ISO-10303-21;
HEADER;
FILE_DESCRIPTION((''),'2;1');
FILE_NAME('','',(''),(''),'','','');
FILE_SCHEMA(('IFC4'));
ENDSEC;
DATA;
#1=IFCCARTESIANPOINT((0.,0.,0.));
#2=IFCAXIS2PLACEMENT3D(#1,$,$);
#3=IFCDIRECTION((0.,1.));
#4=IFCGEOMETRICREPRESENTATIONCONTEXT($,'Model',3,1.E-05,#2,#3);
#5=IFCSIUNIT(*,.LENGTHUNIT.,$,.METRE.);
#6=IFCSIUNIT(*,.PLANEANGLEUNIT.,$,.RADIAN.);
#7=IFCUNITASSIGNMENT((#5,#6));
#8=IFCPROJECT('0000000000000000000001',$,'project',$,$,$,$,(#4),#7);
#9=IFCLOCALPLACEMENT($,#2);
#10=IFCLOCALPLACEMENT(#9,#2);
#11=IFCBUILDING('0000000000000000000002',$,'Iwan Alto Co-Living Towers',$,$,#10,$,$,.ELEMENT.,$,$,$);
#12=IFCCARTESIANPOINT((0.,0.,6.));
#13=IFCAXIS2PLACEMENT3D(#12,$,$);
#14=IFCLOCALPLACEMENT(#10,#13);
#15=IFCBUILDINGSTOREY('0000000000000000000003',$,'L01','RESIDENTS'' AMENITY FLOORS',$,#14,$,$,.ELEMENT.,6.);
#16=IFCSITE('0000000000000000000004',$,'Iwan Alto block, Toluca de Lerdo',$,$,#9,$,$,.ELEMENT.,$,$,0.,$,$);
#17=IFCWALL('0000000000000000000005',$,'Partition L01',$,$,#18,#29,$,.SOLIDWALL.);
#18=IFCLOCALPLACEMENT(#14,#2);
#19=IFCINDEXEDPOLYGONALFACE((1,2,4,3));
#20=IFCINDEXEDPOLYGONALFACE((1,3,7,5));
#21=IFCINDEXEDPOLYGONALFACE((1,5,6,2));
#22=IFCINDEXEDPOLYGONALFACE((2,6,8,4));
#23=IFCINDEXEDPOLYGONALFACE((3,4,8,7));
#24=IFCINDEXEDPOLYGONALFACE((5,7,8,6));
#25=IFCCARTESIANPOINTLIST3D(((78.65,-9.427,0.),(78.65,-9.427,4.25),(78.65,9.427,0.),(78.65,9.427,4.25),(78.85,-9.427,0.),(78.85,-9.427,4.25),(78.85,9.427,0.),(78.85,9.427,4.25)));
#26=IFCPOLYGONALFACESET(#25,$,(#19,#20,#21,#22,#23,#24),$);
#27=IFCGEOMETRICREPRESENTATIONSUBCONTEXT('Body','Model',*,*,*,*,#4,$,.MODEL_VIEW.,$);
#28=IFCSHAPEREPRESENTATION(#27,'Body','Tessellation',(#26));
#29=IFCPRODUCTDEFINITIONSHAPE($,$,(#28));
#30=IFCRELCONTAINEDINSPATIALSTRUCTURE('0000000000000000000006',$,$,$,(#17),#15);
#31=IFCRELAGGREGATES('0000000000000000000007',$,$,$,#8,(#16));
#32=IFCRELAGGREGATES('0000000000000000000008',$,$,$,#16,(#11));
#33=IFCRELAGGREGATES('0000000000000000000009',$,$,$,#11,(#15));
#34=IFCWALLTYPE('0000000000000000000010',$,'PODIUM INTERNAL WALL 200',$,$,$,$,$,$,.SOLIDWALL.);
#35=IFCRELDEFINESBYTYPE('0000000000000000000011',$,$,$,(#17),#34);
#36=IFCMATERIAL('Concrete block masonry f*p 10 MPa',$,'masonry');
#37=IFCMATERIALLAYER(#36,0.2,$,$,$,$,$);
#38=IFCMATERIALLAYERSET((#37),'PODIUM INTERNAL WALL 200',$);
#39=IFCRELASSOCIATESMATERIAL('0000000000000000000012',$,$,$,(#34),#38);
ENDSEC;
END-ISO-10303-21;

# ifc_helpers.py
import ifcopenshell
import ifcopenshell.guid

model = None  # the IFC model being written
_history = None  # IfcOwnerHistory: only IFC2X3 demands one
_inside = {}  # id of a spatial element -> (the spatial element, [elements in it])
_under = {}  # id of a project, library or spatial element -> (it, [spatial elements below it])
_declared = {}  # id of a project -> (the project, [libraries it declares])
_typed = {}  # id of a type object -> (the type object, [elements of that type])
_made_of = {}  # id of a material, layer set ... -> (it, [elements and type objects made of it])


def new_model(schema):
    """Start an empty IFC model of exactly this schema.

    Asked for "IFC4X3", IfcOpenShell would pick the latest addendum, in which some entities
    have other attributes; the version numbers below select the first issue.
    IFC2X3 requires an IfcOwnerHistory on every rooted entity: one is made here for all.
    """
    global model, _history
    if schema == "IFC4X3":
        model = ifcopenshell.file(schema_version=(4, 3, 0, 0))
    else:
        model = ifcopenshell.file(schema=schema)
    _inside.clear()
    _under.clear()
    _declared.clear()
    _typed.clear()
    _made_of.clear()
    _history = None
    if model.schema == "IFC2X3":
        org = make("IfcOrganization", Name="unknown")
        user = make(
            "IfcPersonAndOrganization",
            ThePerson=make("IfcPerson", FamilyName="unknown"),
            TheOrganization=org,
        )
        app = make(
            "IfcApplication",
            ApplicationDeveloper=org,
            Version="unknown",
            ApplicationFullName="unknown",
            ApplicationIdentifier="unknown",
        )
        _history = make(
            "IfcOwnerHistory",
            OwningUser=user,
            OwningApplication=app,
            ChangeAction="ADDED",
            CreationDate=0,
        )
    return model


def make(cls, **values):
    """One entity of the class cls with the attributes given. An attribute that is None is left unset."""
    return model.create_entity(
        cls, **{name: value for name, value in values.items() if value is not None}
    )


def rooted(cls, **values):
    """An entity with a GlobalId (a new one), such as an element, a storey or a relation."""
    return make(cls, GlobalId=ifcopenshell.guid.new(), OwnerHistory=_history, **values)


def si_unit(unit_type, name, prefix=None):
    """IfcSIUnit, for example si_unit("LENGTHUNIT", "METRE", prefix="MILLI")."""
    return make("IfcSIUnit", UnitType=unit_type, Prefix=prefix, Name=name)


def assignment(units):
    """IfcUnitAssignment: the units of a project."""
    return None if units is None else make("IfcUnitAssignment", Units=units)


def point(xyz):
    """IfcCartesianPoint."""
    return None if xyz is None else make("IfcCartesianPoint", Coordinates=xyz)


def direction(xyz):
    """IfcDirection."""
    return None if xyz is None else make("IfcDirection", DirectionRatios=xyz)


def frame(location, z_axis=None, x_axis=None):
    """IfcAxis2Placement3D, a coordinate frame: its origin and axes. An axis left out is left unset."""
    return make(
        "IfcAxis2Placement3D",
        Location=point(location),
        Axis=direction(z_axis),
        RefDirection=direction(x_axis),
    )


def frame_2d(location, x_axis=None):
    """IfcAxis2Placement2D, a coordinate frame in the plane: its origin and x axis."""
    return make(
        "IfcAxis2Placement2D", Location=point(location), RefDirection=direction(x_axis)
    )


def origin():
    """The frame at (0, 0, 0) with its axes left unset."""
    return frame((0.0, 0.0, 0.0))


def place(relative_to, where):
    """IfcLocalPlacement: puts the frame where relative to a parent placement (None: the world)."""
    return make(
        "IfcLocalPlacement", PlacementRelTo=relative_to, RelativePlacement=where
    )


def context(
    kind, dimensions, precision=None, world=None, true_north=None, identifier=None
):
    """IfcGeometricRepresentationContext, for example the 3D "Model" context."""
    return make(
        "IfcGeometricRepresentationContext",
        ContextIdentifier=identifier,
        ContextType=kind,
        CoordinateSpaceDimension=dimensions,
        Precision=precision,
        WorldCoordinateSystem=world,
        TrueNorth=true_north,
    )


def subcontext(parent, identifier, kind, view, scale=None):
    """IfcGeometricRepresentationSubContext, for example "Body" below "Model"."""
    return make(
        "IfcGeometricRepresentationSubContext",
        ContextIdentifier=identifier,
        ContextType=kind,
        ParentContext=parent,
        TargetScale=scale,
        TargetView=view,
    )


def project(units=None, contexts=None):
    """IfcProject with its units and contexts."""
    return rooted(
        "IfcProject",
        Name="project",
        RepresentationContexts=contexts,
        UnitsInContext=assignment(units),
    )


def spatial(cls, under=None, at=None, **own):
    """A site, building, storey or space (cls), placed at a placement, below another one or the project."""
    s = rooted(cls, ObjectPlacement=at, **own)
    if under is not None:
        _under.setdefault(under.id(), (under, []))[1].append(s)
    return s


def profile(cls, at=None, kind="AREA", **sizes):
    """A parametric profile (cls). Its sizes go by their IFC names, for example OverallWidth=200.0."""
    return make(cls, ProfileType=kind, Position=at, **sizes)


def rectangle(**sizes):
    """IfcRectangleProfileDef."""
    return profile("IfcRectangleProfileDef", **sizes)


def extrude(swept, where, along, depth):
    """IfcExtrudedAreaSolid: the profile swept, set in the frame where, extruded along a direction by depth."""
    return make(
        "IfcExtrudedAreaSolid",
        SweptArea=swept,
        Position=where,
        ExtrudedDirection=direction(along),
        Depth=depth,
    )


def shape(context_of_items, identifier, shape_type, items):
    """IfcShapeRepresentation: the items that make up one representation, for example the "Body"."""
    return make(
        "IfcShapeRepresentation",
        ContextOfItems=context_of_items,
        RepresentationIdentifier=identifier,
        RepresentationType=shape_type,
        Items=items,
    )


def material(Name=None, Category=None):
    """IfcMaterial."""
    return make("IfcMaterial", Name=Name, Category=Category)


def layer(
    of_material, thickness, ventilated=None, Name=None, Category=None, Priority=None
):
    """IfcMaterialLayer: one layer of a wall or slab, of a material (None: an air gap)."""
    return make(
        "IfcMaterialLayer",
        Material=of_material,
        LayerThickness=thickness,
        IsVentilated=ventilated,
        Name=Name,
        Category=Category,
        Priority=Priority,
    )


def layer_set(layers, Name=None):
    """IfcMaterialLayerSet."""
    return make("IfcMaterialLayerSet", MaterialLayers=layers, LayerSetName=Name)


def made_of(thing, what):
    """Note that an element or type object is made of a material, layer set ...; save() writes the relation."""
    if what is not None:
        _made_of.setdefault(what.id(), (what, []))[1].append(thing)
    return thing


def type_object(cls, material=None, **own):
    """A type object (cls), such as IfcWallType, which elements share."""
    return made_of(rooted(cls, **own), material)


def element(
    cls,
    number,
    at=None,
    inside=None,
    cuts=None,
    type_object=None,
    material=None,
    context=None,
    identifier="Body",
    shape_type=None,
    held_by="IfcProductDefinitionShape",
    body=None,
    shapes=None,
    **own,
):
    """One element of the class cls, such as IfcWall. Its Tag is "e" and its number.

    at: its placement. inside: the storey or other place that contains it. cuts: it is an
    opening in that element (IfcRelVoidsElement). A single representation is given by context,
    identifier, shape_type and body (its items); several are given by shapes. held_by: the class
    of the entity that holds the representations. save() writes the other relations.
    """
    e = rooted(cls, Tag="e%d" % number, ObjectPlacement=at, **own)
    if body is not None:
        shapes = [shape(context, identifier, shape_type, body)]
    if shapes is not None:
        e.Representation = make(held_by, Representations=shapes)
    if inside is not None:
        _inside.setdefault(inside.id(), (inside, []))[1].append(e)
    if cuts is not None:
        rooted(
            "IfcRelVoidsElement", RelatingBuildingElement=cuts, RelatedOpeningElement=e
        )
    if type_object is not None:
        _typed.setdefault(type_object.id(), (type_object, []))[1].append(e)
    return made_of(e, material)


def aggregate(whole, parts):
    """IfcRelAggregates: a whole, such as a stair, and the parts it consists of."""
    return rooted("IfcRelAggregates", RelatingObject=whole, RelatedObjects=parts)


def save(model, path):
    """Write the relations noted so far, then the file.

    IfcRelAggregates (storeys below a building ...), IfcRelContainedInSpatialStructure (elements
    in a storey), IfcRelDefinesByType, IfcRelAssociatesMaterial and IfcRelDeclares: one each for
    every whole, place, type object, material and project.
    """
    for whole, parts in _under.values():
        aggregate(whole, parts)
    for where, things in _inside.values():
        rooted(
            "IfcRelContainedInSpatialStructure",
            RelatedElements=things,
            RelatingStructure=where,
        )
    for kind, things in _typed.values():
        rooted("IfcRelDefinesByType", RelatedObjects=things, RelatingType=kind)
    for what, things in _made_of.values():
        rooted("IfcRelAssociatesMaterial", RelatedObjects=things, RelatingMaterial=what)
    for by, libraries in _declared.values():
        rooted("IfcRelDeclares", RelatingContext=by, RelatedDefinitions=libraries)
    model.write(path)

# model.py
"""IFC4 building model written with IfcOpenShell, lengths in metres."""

from ifc_helpers import new_model, si_unit, direction, frame, frame_2d, origin, place, context, subcontext, project, spatial, rectangle, extrude, material, layer, layer_set, type_object, element, save


model = new_model("IFC4")

# Units and contexts
model_context = context("Model", 3, precision=1e-05, world=origin(), true_north=direction((0.0, 1.0)))
body_context = subcontext(model_context, "Body", "Model", "MODEL_VIEW")
ifc_project = project(units=[si_unit("LENGTHUNIT", "METRE"), si_unit("PLANEANGLEUNIT", "RADIAN")], contexts=[model_context])

# Site, building, storey
site_placement = place(None, origin())
site = spatial("IfcSite", under=ifc_project, at=site_placement, Name="Iwan Alto block, Toluca de Lerdo", CompositionType="ELEMENT", RefElevation=0.0)
building_placement = place(site_placement, origin())
building = spatial("IfcBuilding", under=site, at=building_placement, Name="Iwan Alto Co-Living Towers", CompositionType="ELEMENT")
storey_placement = place(building_placement, frame((0.0, 0.0, 6.0)))
storey = spatial("IfcBuildingStorey", under=building, at=storey_placement, Name="L01", Description="RESIDENTS' AMENITY FLOORS", CompositionType="ELEMENT", Elevation=6.0)

# Shared definitions
ifc_material_1 = material(Name="Concrete block masonry f*p 10 MPa", Category="masonry")
ifc_layer = layer(ifc_material_1, 0.2)
ifc_layer_set = layer_set([ifc_layer], Name="PODIUM INTERNAL WALL 200")
wall_type = type_object("IfcWallType", Name="PODIUM INTERNAL WALL 200", PredefinedType="SOLIDWALL", material=ifc_layer_set)

# Wall
wall_1_placement = place(storey_placement, frame((78.75, -9.427, 0.0), z_axis=(0.0, 0.0, 1.0), x_axis=(0.0, 1.0, 0.0)))
element("IfcWall", 1, at=wall_1_placement, inside=storey, type_object=wall_type, Name="Partition L01", PredefinedType="SOLIDWALL", context=body_context, shape_type="SweptSolid", body=[
    extrude(rectangle(XDim=18.854, YDim=0.2, at=frame_2d((9.427, 0.0))), origin(), (0.0, 0.0, 1.0), 4.25),
])

save(model, "model.ifc")
